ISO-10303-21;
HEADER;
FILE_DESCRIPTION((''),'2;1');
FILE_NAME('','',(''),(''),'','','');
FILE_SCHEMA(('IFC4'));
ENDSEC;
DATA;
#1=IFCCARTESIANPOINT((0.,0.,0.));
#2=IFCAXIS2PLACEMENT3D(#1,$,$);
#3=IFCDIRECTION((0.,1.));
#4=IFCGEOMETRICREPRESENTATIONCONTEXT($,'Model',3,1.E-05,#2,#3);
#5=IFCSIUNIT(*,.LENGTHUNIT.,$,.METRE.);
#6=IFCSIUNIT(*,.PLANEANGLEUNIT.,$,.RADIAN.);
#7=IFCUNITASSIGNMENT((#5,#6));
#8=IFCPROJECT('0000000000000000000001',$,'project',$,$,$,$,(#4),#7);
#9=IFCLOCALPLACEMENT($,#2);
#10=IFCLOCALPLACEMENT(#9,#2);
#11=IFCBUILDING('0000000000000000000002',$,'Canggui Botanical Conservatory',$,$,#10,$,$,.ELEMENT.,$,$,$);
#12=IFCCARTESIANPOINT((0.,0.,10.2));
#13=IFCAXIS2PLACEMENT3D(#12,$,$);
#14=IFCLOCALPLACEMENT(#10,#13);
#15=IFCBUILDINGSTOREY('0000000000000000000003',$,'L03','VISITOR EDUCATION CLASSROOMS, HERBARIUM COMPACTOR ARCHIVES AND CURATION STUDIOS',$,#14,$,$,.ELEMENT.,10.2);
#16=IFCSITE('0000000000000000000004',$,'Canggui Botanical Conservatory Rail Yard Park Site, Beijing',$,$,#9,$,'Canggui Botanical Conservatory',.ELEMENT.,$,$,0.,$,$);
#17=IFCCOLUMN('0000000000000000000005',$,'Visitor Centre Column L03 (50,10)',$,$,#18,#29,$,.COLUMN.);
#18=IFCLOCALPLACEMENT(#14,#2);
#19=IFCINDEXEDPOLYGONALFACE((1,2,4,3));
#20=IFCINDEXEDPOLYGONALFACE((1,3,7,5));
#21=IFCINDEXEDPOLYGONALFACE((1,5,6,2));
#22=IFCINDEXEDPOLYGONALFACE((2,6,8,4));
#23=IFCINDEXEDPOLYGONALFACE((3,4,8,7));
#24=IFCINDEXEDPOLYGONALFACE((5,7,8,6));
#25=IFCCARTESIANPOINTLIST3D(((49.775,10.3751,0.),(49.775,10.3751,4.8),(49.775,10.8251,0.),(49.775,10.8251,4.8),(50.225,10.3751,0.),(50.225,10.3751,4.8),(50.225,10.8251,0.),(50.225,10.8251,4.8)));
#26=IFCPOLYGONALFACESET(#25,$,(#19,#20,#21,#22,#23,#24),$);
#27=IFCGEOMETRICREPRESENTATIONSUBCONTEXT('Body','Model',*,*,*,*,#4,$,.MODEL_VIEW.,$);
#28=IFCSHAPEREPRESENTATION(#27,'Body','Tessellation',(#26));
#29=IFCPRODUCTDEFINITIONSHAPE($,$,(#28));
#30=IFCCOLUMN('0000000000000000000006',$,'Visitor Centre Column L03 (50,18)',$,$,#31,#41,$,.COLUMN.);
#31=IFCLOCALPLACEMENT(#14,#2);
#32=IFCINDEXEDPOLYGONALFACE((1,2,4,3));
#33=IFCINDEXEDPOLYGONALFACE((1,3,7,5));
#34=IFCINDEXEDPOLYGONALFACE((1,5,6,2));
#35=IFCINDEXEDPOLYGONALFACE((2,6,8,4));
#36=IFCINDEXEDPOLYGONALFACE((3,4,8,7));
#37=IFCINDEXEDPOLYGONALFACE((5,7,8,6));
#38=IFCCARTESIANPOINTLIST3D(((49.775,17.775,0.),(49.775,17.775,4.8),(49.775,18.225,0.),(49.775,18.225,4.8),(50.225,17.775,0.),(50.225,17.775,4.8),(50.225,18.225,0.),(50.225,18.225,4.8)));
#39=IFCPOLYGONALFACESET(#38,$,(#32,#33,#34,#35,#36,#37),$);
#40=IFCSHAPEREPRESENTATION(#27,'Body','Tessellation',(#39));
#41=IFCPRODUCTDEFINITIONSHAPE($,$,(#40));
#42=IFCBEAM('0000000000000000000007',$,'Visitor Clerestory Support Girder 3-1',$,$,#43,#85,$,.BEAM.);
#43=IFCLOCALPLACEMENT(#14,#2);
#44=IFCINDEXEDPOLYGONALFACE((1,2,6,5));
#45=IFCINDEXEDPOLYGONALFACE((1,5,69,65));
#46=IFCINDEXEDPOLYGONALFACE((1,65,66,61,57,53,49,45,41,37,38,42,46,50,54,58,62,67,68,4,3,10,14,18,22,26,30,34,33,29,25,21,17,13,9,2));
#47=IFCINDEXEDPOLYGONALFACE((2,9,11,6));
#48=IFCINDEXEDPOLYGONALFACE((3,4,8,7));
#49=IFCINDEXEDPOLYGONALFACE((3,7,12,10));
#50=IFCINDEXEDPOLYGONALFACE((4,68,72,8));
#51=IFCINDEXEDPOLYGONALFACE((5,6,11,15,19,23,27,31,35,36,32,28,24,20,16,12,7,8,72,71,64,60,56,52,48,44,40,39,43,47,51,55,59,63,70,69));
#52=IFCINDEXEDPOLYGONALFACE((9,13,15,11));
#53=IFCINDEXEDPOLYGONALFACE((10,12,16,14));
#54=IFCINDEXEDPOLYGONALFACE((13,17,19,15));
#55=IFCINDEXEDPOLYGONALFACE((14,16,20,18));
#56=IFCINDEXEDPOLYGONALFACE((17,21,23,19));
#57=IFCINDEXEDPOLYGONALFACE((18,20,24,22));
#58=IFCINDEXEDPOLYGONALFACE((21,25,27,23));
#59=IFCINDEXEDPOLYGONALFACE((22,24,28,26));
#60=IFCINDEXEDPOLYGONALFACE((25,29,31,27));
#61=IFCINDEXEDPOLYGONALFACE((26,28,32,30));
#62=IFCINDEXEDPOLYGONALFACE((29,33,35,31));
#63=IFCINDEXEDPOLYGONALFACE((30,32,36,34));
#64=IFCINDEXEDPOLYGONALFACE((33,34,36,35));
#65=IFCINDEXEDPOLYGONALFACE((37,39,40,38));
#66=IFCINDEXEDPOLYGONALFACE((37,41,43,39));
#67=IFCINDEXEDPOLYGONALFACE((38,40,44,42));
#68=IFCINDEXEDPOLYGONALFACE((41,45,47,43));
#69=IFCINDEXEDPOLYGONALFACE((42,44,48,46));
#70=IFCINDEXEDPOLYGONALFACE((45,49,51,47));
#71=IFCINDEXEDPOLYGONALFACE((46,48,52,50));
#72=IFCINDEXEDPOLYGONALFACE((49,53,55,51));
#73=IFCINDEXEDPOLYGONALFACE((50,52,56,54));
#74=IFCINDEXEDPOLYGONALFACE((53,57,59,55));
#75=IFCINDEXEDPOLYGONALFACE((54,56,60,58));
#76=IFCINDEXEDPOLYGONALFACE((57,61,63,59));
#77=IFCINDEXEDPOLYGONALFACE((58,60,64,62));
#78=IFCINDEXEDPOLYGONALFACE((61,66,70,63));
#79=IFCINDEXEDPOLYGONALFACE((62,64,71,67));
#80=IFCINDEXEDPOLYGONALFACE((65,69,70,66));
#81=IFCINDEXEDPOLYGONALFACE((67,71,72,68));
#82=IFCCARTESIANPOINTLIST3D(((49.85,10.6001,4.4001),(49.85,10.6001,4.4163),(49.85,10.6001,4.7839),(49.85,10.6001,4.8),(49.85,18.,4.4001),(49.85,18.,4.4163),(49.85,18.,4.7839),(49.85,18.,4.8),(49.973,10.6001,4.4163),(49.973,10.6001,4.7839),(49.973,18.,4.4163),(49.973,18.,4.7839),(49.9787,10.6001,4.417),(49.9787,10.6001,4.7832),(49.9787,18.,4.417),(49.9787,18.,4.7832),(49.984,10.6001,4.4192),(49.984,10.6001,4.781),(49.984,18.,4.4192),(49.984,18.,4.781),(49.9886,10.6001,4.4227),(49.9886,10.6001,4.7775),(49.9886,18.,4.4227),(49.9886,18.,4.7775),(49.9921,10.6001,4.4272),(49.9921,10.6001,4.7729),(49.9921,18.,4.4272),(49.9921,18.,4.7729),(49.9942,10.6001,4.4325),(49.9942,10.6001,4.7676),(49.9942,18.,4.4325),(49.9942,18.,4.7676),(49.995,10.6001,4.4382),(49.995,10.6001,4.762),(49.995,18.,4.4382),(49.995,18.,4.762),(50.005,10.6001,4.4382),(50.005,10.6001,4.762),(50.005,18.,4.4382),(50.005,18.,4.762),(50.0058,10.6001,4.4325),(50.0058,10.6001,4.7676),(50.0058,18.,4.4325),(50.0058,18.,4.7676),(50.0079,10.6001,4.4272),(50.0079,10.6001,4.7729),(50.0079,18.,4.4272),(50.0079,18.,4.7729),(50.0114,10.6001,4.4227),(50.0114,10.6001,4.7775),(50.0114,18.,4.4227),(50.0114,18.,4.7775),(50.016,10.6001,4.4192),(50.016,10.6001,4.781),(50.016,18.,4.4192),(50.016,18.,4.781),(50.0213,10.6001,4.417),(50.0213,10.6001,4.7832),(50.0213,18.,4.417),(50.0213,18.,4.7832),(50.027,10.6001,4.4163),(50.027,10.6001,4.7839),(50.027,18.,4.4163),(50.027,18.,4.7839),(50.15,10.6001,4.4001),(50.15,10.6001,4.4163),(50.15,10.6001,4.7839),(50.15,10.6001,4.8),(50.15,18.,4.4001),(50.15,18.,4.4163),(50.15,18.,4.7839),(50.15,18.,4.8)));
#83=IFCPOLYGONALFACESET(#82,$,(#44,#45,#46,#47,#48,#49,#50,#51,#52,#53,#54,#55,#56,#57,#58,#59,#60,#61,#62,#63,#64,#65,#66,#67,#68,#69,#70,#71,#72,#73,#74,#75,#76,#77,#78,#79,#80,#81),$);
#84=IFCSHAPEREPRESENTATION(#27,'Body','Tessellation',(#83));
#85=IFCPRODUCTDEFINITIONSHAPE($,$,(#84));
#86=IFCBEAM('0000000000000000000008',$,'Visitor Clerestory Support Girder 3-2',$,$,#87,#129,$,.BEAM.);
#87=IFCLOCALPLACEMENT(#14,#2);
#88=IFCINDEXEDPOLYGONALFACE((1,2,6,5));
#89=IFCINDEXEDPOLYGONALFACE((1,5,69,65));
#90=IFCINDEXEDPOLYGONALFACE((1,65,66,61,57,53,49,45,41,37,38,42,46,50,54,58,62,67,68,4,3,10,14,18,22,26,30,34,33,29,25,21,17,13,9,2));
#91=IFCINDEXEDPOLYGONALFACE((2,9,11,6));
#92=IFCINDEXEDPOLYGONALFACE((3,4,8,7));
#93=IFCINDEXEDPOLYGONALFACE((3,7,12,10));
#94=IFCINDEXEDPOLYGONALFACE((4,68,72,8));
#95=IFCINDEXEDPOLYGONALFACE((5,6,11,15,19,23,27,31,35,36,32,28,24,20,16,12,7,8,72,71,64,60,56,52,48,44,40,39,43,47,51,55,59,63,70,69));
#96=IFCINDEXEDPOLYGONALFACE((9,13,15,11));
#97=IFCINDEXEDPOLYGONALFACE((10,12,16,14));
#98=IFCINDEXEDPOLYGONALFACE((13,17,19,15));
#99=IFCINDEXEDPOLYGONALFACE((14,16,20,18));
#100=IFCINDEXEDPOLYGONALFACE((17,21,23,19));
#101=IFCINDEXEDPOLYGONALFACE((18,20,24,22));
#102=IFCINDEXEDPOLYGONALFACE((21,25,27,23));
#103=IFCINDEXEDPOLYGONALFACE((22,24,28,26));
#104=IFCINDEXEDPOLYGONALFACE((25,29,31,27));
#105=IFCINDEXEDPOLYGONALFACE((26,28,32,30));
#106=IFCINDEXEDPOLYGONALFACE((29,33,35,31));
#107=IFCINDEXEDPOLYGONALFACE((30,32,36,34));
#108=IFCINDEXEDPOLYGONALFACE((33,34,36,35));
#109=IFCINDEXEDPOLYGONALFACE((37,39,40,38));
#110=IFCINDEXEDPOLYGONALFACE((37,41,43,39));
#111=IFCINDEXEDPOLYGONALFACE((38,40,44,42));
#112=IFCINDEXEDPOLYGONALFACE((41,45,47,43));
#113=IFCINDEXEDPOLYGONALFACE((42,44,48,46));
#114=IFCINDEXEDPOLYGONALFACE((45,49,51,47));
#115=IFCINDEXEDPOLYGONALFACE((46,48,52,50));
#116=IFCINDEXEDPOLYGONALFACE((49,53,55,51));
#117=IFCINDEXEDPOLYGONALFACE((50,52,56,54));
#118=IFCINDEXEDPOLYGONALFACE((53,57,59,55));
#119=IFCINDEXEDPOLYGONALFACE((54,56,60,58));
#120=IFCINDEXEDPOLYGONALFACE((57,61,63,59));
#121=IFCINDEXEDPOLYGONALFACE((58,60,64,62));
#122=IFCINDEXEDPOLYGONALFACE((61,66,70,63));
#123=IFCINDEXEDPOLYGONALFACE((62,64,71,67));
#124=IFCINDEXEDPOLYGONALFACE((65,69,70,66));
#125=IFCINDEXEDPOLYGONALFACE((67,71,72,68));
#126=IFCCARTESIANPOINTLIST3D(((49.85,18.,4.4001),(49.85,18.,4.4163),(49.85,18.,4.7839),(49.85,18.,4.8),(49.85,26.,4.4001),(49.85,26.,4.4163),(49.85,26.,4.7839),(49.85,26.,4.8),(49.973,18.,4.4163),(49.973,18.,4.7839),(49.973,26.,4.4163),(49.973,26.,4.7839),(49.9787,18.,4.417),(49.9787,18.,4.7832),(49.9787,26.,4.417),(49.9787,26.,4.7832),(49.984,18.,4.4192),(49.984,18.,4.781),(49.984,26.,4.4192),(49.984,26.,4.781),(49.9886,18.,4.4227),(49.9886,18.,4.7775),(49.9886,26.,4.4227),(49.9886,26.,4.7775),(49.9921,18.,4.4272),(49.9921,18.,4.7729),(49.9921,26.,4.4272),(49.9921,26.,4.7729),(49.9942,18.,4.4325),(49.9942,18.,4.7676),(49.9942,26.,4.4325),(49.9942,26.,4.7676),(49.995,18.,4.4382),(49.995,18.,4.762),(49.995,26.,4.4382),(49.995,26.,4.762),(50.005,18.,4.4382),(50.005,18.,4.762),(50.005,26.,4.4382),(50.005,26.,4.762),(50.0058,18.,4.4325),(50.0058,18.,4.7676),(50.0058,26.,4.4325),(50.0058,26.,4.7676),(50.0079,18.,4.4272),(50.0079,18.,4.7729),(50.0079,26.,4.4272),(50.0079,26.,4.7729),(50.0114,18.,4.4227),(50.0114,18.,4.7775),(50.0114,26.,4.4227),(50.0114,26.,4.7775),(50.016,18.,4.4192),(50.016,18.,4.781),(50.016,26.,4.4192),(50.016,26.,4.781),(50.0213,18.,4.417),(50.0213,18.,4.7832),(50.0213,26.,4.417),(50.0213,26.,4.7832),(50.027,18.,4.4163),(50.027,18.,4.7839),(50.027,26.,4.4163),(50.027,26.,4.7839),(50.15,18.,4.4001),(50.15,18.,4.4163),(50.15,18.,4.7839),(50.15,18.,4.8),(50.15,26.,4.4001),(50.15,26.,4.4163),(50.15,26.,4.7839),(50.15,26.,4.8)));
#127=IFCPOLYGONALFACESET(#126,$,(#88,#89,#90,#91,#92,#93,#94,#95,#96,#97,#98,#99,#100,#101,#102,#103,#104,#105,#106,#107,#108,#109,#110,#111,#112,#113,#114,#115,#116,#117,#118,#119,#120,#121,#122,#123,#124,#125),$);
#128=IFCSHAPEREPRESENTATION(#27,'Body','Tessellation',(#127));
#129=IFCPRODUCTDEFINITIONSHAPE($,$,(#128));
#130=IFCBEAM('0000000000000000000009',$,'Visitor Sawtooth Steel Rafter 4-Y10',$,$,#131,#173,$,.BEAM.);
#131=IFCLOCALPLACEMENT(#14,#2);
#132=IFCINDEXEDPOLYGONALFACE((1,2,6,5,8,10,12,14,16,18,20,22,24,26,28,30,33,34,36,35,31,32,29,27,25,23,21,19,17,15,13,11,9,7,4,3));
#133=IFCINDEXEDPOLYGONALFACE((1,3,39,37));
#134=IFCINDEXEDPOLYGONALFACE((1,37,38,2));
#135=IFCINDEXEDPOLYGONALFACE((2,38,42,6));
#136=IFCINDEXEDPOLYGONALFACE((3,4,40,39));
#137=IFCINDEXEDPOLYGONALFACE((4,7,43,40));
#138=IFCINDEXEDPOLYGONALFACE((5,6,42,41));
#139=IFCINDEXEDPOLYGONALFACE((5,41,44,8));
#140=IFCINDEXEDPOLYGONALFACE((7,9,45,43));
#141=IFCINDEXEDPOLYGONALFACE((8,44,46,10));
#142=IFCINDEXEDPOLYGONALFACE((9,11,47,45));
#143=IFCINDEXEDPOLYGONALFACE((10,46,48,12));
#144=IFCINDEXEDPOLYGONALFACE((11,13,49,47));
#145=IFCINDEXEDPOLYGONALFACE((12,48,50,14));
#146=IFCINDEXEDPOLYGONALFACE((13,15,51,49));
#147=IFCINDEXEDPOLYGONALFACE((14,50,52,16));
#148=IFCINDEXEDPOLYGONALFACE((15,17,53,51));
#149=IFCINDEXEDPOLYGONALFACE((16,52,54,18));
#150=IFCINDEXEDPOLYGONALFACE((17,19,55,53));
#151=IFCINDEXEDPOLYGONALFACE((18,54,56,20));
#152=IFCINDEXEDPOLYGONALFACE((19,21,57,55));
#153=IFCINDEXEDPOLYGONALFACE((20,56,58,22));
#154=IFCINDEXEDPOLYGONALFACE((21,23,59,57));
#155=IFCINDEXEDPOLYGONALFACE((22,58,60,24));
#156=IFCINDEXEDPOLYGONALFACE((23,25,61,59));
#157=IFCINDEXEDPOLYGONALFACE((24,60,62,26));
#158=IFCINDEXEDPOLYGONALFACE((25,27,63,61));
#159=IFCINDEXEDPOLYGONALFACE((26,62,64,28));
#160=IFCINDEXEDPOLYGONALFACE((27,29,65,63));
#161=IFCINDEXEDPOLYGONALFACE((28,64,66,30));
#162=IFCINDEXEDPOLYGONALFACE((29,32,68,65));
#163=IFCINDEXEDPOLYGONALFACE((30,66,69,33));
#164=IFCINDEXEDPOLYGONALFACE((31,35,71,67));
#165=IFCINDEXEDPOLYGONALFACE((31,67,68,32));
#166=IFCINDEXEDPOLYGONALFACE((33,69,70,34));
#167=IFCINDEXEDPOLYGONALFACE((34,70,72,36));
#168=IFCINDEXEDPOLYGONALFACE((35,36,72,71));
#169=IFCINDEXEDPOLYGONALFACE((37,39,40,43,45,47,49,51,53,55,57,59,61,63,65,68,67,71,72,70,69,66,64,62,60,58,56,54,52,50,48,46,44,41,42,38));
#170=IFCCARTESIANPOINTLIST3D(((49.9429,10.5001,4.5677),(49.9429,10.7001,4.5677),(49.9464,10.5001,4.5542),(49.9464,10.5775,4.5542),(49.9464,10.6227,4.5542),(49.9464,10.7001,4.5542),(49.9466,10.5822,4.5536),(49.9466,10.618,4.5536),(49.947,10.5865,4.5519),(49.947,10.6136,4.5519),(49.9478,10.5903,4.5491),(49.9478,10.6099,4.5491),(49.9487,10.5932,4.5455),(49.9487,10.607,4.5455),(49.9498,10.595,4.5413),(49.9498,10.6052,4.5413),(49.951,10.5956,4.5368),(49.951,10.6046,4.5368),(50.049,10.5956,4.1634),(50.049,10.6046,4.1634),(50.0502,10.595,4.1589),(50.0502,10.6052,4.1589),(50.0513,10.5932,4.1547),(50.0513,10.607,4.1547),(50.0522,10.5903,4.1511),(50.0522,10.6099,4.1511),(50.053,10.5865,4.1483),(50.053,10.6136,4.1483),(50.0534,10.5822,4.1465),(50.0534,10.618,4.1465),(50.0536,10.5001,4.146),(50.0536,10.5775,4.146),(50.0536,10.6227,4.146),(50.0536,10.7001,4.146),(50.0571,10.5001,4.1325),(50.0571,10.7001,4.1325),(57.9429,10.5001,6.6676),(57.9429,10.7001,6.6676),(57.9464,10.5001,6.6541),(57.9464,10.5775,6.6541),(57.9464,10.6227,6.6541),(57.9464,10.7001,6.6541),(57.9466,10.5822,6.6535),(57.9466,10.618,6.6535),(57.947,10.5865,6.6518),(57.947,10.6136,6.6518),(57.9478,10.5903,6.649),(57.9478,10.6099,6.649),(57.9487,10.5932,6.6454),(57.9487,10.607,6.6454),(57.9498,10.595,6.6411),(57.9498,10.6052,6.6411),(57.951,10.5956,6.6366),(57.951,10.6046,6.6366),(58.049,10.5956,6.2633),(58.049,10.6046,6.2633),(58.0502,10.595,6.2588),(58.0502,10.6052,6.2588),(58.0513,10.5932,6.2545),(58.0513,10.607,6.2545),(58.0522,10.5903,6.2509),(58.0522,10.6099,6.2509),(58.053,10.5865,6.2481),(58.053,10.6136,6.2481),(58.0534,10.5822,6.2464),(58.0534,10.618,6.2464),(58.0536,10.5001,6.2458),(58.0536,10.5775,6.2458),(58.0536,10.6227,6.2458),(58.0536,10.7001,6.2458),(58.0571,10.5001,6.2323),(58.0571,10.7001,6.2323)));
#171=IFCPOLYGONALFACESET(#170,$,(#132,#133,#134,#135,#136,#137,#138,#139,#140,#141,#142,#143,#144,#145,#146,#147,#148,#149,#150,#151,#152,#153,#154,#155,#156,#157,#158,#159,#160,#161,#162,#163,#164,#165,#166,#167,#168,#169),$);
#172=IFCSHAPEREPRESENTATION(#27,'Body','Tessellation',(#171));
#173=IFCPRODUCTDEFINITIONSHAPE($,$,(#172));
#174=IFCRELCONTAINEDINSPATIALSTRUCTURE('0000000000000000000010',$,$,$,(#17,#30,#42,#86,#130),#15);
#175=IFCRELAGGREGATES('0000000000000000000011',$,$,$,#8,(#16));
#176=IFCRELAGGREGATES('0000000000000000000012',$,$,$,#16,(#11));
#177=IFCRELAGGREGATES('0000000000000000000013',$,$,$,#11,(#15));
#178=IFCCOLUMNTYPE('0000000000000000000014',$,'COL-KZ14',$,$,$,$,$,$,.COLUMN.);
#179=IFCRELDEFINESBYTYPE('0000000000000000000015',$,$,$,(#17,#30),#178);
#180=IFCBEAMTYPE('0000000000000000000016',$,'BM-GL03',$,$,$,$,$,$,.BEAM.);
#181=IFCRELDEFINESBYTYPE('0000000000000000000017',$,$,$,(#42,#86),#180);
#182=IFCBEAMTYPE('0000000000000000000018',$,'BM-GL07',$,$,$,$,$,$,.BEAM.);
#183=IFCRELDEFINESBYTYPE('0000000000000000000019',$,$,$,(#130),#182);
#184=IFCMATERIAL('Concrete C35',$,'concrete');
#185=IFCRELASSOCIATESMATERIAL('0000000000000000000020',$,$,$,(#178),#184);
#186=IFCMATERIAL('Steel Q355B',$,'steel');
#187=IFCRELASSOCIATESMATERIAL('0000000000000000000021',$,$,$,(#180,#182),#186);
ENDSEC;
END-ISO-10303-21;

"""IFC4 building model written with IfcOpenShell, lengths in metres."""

from ifc_helpers import new_model, si_unit, direction, frame, origin, origin_2d, place, context, subcontext, project, spatial, rectangle, i_section, extrude, material, material_profile, profile_set, type_object, element, save


model = new_model("IFC4")

# Units and contexts
model_context = context("Model", 3, precision=1e-05, world=origin(), true_north=direction((0.0, 1.0)))
body_context = subcontext(model_context, "Body", "Model", "MODEL_VIEW")
ifc_project = project(units=[si_unit("LENGTHUNIT", "METRE"), si_unit("PLANEANGLEUNIT", "RADIAN")], contexts=[model_context])

# Site, building, storey
site_placement = place(None, origin())
site = spatial("IfcSite", under=ifc_project, at=site_placement, Name="Canggui Botanical Conservatory Rail Yard Park Site, Beijing", LongName="Canggui Botanical Conservatory", CompositionType="ELEMENT", RefElevation=0.0)
building_placement = place(site_placement, origin())
building = spatial("IfcBuilding", under=site, at=building_placement, Name="Canggui Botanical Conservatory", CompositionType="ELEMENT")
storey_placement = place(building_placement, frame((0.0, 0.0, 10.2)))
storey = spatial("IfcBuildingStorey", under=building, at=storey_placement, Name="L03", Description="VISITOR EDUCATION CLASSROOMS, HERBARIUM COMPACTOR ARCHIVES AND CURATION STUDIOS", CompositionType="ELEMENT", Elevation=10.2)

# Columns
ifc_material_1 = material(Name="Concrete C35", Category="concrete")
ifc_material_profile_1 = material_profile(ifc_material_1, rectangle(XDim=0.45, YDim=0.45, at=origin_2d()), Name="RC 450x450")
ifc_profile_set_1 = profile_set([ifc_material_profile_1], Name="Concrete C35")
column_type = type_object("IfcColumnType", Name="COL-KZ14", PredefinedType="COLUMN", material=ifc_profile_set_1)
for number, where, z_axis, x_axis, name in (
    (1, (50.0, 10.6001, 0.0), (0.0, 0.0, 1.0), (1.0, 0.0, 0.0), "Visitor Centre Column L03 (50,10)"),
    (2, (50.0, 18.0, 0.0), (0.0, 0.0, 1.0), (1.0, 0.0, 0.0), "Visitor Centre Column L03 (50,18)"),
):
    element("IfcColumn", number, at=place(storey_placement, frame(where, z_axis=z_axis, x_axis=x_axis)), inside=storey, type_object=column_type, Name=name, PredefinedType="COLUMN", context=body_context, shape_type="SweptSolid", body=[
        extrude(rectangle(XDim=0.45, YDim=0.45, at=origin_2d()), origin(), (0.0, 0.0, 1.0), 4.8),
    ])

# Beams
ifc_material_2 = material(Name="Steel Q355B", Category="steel")
ifc_material_profile_2 = material_profile(ifc_material_2, i_section(OverallWidth=0.3, OverallDepth=0.3999, WebThickness=0.01, FlangeThickness=0.0161, FilletRadius=0.022, at=origin_2d()), Name="HM 400x300x10x16")
ifc_profile_set_2 = profile_set([ifc_material_profile_2], Name="Steel Q355B")
beam_type_1 = type_object("IfcBeamType", Name="BM-GL03", PredefinedType="BEAM", material=ifc_profile_set_2)
beam_1_placement = place(storey_placement, frame((50.0, 10.6001, 4.6001), z_axis=(0.0, 1.0, 0.0), x_axis=(-1.0, 0.0, 0.0)))
element("IfcBeam", 3, at=beam_1_placement, inside=storey, type_object=beam_type_1, Name="Visitor Clerestory Support Girder 3-1", PredefinedType="BEAM", context=body_context, shape_type="SweptSolid", body=[
    extrude(i_section(OverallWidth=0.3, OverallDepth=0.3999, WebThickness=0.01, FlangeThickness=0.0161, FilletRadius=0.022, at=origin_2d()), origin(), (0.0, 0.0, 1.0), 7.3999),
])
beam_2_placement = place(storey_placement, frame((50.0, 18.0, 4.6001), z_axis=(0.0, 1.0, 0.0), x_axis=(-1.0, 0.0, 0.0)))
element("IfcBeam", 4, at=beam_2_placement, inside=storey, type_object=beam_type_1, Name="Visitor Clerestory Support Girder 3-2", PredefinedType="BEAM", context=body_context, shape_type="SweptSolid", body=[
    extrude(i_section(OverallWidth=0.3, OverallDepth=0.3999, WebThickness=0.01, FlangeThickness=0.0161, FilletRadius=0.022, at=origin_2d()), origin(), (0.0, 0.0, 1.0), 8.0),
])
ifc_material_profile_3 = material_profile(ifc_material_2, i_section(OverallWidth=0.2, OverallDepth=0.45, WebThickness=0.009, FlangeThickness=0.0139, FilletRadius=0.0181, at=origin_2d()), Name="HN 450x200x9x14")
ifc_profile_set_3 = profile_set([ifc_material_profile_3], Name="Steel Q355B")
beam_type_2 = type_object("IfcBeamType", Name="BM-GL07", PredefinedType="BEAM", material=ifc_profile_set_3)
for number, where, z_axis, x_axis, name in (
    (5, (50.0, 10.6001, 4.3501), (0.967235, 0.0, 0.253882), (0.0, 1.0, 0.0), "Visitor Sawtooth Steel Rafter 4-Y10"),
):
    element("IfcBeam", number, at=place(storey_placement, frame(where, z_axis=z_axis, x_axis=x_axis)), inside=storey, type_object=beam_type_2, Name=name, PredefinedType="BEAM", context=body_context, shape_type="SweptSolid", body=[
        extrude(i_section(OverallWidth=0.2, OverallDepth=0.45, WebThickness=0.009, FlangeThickness=0.0139, FilletRadius=0.0181, at=origin_2d()), origin(), (0.0, 0.0, 1.0), 8.271),
    ])

save(model, "model.ifc")
